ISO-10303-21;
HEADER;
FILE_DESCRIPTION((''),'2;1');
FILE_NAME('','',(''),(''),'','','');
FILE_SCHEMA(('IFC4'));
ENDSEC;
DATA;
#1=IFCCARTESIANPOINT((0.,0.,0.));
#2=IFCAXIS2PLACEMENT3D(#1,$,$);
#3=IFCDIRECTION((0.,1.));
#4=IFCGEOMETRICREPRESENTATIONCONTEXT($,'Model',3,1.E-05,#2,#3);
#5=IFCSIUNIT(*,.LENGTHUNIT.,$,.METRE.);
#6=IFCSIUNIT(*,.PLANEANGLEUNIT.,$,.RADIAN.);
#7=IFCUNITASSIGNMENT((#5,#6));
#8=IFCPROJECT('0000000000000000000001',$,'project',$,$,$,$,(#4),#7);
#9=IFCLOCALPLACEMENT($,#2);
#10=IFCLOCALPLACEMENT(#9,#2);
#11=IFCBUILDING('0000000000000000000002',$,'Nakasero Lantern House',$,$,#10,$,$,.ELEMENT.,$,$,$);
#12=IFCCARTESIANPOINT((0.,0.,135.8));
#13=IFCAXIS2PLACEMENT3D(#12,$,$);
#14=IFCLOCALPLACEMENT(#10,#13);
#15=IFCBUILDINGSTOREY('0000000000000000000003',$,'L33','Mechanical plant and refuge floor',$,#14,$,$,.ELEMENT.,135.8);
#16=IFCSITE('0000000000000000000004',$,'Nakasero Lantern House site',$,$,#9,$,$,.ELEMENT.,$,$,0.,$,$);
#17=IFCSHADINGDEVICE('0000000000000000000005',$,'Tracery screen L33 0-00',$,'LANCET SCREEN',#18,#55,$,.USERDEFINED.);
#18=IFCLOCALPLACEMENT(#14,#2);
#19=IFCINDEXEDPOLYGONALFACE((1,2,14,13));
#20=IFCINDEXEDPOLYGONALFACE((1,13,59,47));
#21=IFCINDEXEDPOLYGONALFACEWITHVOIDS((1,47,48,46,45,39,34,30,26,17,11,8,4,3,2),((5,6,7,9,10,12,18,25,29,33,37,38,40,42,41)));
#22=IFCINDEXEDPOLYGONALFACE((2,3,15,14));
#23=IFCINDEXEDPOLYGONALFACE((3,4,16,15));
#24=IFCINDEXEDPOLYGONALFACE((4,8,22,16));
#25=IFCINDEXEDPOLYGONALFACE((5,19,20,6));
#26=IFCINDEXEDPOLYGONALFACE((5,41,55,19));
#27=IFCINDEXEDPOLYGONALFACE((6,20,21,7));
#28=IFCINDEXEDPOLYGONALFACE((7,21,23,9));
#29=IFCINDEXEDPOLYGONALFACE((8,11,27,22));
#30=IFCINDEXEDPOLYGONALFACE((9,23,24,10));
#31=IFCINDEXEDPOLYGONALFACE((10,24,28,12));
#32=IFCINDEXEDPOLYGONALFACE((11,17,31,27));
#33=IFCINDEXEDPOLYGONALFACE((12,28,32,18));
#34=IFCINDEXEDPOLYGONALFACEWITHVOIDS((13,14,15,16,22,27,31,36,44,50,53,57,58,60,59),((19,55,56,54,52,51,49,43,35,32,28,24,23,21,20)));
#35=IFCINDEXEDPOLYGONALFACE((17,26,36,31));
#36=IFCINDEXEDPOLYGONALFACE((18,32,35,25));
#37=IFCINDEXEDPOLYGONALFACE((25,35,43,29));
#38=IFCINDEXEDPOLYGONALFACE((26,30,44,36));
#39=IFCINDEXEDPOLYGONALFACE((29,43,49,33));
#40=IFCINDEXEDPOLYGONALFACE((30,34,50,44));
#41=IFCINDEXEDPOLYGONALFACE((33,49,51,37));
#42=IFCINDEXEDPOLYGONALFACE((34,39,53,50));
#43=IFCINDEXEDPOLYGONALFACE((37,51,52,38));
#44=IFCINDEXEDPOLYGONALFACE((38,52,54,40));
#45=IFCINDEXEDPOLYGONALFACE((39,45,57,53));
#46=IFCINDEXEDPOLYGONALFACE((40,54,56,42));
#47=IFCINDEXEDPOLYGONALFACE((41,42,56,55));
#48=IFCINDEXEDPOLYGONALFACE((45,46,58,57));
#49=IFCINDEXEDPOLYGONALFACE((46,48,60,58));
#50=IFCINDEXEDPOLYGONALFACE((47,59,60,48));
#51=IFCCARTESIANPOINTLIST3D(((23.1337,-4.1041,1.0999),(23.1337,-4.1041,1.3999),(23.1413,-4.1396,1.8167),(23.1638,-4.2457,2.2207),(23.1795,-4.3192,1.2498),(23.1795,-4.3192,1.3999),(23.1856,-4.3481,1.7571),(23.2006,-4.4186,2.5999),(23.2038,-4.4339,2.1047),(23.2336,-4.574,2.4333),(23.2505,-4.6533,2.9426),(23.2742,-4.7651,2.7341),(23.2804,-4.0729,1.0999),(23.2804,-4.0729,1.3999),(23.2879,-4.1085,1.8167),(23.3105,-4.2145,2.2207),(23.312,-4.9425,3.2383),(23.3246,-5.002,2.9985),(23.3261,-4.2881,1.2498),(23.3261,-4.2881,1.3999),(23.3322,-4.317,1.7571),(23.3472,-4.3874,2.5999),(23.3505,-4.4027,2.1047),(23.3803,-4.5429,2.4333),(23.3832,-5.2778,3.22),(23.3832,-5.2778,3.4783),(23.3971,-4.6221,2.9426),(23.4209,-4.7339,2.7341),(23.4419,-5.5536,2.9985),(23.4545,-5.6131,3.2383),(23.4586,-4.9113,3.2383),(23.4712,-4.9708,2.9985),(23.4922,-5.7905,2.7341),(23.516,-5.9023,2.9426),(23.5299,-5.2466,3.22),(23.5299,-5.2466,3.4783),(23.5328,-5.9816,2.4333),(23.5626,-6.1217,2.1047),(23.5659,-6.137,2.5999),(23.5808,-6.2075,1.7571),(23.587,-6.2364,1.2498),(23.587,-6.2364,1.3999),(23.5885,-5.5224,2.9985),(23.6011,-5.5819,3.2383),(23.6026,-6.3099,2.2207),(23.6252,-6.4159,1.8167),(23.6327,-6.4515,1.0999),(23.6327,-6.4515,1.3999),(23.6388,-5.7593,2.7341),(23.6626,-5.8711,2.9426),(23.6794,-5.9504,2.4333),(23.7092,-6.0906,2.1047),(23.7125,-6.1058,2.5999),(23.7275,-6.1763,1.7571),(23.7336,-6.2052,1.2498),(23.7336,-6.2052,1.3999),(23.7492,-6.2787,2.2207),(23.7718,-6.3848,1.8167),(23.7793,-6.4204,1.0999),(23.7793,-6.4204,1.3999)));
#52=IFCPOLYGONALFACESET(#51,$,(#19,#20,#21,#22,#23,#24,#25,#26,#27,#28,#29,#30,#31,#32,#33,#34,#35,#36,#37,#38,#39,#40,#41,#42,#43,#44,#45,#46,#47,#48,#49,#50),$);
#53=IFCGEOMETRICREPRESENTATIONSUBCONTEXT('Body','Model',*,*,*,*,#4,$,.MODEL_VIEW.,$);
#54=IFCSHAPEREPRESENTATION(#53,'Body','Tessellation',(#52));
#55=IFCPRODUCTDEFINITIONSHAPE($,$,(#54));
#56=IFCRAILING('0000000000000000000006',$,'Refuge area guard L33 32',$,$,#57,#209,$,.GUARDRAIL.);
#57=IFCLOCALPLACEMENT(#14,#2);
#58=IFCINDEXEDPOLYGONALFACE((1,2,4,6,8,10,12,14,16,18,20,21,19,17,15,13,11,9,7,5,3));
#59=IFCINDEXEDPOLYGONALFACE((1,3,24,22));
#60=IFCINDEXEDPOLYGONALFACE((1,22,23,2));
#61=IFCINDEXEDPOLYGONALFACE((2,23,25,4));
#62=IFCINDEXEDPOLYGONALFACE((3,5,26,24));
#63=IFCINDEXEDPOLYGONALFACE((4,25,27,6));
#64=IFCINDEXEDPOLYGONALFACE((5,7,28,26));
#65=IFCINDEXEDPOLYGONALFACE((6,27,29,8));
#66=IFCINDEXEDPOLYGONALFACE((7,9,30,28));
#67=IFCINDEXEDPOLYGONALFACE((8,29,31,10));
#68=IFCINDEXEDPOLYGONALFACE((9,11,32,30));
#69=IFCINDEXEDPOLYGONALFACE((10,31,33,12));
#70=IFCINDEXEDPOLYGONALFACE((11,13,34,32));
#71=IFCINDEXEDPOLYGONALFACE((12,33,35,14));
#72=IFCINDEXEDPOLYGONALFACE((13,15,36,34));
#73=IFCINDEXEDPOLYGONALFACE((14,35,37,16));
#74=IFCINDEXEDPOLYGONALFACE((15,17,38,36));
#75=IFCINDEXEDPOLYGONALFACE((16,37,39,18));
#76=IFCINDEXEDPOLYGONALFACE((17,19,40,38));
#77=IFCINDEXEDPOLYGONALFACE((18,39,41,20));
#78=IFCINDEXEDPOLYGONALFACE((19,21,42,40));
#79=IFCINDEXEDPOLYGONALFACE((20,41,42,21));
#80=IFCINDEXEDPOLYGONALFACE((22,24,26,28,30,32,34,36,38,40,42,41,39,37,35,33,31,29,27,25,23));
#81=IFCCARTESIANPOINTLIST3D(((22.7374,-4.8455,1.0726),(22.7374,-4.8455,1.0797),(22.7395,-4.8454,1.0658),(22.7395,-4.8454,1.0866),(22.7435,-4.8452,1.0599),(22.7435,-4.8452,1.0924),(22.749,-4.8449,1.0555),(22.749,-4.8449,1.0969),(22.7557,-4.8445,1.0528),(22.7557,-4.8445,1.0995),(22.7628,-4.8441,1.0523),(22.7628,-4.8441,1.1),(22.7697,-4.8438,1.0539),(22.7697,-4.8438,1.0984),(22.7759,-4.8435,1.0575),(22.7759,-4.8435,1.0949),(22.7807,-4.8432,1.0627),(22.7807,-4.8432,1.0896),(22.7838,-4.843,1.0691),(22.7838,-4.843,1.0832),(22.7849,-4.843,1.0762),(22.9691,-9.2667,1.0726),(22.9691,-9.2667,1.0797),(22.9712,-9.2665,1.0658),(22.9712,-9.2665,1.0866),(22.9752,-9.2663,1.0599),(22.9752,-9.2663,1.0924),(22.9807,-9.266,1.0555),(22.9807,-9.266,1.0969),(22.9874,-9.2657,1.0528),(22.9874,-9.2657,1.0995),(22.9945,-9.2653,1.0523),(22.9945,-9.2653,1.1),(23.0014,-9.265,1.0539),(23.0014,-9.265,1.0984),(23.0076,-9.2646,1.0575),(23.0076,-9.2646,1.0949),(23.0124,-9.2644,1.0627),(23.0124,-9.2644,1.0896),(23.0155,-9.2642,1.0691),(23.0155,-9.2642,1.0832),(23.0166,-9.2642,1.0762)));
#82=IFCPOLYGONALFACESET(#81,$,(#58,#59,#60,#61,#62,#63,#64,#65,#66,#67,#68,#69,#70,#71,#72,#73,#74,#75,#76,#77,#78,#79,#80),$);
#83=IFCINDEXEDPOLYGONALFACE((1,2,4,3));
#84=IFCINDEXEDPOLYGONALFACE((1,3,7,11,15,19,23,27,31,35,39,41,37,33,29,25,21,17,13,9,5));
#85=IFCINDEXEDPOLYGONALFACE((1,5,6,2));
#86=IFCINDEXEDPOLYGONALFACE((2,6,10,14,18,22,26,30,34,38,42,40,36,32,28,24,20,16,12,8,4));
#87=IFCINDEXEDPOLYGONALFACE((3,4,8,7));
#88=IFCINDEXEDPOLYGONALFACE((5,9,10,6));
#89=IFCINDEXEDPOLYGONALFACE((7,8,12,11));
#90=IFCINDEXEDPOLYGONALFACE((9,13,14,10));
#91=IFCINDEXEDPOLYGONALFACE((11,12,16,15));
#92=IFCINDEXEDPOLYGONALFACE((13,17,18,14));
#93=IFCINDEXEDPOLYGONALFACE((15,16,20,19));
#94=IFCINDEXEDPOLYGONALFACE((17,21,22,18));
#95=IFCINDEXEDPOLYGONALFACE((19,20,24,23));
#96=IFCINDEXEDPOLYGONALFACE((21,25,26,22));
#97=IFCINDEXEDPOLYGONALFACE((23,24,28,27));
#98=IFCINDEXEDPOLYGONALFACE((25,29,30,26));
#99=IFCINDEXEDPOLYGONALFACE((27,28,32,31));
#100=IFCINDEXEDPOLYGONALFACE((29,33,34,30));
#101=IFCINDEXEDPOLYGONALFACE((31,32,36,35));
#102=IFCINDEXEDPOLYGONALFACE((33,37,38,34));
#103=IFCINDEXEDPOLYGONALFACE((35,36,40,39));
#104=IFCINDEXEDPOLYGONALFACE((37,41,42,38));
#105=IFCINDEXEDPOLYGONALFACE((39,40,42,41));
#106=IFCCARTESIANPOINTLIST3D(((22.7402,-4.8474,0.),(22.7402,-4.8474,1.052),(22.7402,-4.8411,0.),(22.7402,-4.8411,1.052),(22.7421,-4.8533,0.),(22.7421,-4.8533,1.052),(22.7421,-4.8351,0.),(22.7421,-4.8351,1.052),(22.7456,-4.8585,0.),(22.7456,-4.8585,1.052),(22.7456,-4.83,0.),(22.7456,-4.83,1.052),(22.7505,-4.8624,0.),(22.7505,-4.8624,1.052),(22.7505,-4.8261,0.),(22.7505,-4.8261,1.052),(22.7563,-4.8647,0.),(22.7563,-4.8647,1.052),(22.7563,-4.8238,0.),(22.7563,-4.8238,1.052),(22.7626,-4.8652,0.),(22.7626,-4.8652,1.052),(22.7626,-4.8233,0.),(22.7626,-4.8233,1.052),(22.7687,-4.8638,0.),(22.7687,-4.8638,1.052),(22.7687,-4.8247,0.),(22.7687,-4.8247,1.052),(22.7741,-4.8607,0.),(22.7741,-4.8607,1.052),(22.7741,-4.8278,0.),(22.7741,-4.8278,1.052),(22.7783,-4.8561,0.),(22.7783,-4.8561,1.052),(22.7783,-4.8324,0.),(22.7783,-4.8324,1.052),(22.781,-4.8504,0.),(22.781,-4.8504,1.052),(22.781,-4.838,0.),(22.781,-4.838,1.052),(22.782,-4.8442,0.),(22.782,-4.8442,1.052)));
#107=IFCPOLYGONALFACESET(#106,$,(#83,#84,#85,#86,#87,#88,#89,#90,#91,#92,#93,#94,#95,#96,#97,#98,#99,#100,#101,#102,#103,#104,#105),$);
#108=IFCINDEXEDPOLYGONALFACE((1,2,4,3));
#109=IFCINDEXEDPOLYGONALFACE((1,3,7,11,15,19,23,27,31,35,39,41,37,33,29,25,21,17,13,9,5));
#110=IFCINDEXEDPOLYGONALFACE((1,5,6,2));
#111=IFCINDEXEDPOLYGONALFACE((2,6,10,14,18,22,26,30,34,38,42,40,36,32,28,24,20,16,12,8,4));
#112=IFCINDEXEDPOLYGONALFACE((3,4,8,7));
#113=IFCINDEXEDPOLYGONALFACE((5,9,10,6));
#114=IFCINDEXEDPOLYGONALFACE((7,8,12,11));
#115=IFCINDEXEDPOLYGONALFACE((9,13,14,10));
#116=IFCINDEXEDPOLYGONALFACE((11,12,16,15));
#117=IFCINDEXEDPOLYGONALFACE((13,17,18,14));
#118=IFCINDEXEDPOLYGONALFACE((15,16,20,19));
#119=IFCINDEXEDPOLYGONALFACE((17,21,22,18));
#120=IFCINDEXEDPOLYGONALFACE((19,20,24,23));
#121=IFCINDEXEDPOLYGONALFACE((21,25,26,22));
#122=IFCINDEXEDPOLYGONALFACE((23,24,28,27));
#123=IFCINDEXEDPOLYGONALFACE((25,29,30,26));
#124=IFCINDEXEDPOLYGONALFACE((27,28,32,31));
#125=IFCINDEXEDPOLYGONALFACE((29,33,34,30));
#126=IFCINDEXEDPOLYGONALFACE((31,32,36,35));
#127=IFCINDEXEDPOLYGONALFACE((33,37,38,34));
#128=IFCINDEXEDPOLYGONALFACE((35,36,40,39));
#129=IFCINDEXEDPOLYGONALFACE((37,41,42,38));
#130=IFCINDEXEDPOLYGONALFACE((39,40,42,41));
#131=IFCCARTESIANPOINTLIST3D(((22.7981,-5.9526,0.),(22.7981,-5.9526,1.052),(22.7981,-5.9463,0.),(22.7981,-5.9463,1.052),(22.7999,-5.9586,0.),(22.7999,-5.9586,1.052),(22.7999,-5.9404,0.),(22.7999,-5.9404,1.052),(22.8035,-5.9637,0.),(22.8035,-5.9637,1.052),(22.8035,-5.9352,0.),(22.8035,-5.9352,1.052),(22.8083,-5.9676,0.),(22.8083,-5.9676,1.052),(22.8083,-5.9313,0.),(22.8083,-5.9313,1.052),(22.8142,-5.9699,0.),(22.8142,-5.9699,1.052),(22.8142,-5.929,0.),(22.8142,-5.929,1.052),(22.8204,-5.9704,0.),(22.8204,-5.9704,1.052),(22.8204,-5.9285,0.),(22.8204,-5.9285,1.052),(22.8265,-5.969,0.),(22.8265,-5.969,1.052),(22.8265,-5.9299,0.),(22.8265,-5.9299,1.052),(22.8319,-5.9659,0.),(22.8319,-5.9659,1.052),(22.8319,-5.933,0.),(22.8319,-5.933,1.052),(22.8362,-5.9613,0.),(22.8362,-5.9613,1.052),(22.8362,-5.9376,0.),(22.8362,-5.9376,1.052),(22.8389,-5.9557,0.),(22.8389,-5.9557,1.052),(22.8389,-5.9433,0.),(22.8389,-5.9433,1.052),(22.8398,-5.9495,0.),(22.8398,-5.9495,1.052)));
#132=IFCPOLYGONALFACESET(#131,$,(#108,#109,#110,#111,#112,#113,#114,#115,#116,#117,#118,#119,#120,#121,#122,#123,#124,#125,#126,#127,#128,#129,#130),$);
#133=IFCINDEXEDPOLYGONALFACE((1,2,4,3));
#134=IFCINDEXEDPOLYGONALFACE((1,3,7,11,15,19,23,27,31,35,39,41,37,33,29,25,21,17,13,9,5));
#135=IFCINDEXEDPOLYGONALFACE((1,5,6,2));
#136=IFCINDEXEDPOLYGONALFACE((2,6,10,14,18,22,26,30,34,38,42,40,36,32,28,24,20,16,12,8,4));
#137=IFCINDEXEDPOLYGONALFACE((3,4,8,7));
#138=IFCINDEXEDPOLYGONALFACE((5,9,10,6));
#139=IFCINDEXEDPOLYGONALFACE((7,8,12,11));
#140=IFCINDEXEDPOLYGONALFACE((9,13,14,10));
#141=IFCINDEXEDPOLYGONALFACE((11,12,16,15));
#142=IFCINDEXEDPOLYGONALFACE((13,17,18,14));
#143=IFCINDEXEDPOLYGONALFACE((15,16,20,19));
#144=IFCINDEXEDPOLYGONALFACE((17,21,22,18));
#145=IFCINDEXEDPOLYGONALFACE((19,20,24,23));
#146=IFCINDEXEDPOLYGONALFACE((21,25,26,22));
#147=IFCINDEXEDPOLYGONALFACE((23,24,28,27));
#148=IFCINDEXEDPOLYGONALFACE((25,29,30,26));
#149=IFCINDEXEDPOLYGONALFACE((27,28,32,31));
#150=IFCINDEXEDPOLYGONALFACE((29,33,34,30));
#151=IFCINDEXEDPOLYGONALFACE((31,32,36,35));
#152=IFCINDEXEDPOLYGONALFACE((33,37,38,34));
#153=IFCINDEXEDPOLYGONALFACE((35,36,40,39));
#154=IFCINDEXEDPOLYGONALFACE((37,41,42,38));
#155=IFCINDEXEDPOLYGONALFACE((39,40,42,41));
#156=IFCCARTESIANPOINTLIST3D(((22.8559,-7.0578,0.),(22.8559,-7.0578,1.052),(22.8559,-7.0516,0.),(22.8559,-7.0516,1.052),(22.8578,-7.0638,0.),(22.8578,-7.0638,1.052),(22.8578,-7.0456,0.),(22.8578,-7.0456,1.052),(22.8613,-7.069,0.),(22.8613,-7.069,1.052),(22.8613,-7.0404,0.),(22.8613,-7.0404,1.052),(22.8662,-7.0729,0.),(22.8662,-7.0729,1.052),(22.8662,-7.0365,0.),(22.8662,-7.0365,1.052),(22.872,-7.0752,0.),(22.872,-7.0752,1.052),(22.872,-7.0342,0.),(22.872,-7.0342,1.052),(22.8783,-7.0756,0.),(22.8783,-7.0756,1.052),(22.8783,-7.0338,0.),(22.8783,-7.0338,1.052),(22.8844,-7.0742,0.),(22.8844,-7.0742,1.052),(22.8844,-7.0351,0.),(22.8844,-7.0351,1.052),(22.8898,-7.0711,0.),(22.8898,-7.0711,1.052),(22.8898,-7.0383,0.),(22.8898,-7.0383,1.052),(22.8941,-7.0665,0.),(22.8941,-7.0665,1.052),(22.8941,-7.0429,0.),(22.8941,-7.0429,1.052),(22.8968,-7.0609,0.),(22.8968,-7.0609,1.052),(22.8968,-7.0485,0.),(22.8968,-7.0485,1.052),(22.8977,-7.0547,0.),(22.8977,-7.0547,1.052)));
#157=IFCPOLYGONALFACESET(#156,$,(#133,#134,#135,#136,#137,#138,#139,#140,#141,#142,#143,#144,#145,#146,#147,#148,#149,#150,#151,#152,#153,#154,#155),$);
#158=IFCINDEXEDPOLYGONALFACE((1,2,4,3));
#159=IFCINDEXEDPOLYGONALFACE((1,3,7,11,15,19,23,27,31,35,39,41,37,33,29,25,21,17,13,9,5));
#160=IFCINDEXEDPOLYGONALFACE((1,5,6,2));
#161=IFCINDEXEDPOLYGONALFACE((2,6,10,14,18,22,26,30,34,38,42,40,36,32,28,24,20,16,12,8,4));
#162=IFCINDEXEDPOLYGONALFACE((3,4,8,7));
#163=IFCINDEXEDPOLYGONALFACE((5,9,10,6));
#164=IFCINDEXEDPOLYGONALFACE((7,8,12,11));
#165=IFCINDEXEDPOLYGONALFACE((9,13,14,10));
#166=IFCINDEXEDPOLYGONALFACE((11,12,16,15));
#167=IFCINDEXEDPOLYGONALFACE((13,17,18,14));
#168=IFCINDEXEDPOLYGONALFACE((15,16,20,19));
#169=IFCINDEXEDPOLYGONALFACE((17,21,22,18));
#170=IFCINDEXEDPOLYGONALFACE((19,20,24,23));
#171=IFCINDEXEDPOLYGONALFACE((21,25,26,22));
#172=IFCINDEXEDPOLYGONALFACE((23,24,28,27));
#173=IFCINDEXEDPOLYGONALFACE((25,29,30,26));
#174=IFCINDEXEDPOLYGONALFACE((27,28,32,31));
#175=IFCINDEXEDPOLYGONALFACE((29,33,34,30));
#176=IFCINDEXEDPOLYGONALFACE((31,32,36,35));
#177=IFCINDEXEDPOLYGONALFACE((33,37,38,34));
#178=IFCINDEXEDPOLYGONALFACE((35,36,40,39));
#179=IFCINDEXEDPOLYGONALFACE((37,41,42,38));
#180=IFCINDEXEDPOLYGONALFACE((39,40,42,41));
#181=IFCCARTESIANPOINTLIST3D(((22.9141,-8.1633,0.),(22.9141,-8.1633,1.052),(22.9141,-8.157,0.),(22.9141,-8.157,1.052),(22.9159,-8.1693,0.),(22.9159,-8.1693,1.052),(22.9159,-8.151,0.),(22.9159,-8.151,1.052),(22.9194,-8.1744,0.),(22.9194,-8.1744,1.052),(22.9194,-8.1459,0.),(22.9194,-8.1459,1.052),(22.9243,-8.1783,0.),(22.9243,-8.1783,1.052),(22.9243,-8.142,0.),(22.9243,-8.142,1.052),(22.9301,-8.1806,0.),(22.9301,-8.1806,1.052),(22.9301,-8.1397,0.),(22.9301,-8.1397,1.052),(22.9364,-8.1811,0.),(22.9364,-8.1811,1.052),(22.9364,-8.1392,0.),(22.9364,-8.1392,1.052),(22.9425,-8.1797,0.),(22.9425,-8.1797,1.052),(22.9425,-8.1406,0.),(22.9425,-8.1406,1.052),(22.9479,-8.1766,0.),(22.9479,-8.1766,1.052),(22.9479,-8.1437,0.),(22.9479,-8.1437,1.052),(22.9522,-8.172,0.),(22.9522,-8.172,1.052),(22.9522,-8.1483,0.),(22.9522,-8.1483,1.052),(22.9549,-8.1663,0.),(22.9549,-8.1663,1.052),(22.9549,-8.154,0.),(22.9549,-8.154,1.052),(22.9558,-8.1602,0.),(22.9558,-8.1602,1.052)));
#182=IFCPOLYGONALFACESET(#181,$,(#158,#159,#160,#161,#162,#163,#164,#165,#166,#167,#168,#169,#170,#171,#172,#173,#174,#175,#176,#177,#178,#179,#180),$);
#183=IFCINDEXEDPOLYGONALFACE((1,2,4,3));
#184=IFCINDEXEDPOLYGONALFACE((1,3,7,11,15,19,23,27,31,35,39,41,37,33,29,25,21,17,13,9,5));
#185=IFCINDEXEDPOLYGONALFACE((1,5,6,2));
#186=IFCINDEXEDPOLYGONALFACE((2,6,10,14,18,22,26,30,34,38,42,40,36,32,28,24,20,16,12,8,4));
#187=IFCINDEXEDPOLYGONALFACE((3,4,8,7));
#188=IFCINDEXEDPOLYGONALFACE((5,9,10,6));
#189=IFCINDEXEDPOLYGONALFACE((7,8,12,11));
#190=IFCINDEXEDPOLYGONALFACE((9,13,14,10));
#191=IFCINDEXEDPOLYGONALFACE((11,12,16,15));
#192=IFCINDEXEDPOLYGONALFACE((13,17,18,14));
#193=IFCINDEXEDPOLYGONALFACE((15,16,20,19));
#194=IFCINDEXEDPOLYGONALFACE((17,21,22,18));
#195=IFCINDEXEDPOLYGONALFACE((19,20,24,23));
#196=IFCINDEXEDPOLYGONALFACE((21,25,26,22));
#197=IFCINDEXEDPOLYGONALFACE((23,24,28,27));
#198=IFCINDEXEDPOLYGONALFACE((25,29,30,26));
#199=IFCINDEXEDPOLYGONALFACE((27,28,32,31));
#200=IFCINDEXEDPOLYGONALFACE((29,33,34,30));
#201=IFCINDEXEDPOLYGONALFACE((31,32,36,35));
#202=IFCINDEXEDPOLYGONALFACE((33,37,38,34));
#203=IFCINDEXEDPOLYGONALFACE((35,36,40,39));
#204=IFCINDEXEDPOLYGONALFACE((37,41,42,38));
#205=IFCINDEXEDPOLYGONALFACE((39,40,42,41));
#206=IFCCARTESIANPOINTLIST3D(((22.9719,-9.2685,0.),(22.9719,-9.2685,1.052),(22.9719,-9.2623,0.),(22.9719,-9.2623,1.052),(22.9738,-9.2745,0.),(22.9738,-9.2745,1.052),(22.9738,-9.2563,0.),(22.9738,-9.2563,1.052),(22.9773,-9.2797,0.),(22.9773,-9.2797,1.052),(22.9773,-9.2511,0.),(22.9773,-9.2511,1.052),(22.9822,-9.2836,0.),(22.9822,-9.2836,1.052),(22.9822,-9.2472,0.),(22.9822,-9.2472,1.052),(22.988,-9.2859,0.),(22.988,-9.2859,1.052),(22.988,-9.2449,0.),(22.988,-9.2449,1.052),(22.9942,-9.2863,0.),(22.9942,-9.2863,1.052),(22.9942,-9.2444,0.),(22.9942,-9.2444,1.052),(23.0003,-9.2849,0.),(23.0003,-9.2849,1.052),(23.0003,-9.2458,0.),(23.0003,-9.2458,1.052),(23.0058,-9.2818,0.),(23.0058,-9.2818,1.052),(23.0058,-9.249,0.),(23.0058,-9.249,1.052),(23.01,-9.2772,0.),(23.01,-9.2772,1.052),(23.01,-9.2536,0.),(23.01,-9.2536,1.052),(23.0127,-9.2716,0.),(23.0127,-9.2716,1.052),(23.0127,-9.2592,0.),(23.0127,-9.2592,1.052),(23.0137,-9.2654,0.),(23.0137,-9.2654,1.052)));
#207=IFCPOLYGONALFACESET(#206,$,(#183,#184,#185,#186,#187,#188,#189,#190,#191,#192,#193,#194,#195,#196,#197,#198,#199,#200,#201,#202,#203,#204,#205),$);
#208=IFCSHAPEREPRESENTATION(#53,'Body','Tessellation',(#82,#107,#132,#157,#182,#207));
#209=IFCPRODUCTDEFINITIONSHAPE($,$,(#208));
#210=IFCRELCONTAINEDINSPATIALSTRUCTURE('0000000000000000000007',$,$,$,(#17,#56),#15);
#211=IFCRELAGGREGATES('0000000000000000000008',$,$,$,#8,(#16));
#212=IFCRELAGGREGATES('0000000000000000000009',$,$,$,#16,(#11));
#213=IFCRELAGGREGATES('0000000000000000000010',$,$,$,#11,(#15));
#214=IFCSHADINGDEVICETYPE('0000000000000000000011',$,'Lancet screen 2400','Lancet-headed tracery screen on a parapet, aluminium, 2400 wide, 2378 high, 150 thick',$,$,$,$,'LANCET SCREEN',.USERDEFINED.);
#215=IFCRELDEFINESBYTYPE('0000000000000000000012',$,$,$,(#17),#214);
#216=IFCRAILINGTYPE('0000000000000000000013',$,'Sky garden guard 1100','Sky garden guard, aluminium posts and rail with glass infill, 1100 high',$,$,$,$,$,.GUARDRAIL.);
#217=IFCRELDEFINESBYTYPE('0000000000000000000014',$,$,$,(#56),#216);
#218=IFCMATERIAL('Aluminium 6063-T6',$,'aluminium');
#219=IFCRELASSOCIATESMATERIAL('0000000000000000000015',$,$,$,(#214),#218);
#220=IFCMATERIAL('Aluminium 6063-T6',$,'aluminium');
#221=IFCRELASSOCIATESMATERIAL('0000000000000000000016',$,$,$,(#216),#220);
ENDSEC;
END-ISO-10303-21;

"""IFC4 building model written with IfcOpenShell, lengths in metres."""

from ifc_helpers import new_model, si_unit, direction, frame, origin, origin_2d, place, context, subcontext, project, spatial, polyline, circle, outline, extrude, material, type_object, element, save


model = new_model("IFC4")

# Units and contexts
model_context = context("Model", 3, precision=1e-05, world=origin(), true_north=direction((0.0, 1.0)))
body_context = subcontext(model_context, "Body", "Model", "MODEL_VIEW")
ifc_project = project(units=[si_unit("LENGTHUNIT", "METRE"), si_unit("PLANEANGLEUNIT", "RADIAN")], contexts=[model_context])

# Site, building, storey
site_placement = place(None, origin())
site = spatial("IfcSite", under=ifc_project, at=site_placement, Name="Nakasero Lantern House site", CompositionType="ELEMENT", RefElevation=0.0)
building_placement = place(site_placement, origin())
building = spatial("IfcBuilding", under=site, at=building_placement, Name="Nakasero Lantern House", CompositionType="ELEMENT")
storey_placement = place(building_placement, frame((0.0, 0.0, 135.8)))
storey = spatial("IfcBuildingStorey", under=building, at=storey_placement, Name="L33", Description="Mechanical plant and refuge floor", CompositionType="ELEMENT", Elevation=135.8)

# Shading device
ifc_material_1 = material(Name="Aluminium 6063-T6", Category="aluminium")
shading_device_type = type_object("IfcShadingDeviceType", Name="Lancet screen 2400", Description="Lancet-headed tracery screen on a parapet, aluminium, 2400 wide, 2378 high, 150 thick", ElementType="LANCET SCREEN", PredefinedType="USERDEFINED", material=ifc_material_1)
shading_device_placement = place(storey_placement, frame((23.4565, -5.2622, 1.0999), z_axis=(0.0, 0.0, 1.0), x_axis=(-0.207912, 0.978148, 0.0)))
element("IfcShadingDevice", 1, at=shading_device_placement, inside=storey, type_object=shading_device_type, Name="Tracery screen L33 0-00", ObjectType="LANCET SCREEN", PredefinedType="USERDEFINED", context=body_context, shape_type="SweptSolid", body=[
    extrude(outline(polyline([(-1.2, 0.0), (1.2, 0.0), (1.2, 0.3), (1.1636, 0.7168), (1.0552, 1.1208), (0.8784, 1.5), (0.6384, 1.8428), (0.3428, 2.1384), (0.0, 2.3784), (-0.3428, 2.1384), (-0.6384, 1.8428), (-0.8784, 1.5), (-1.0552, 1.1208), (-1.1636, 0.7168), (-1.2, 0.3), (-1.2, 0.0)]), holes=[polyline([(-0.98, 0.1499), (0.98, 0.1499), (0.98, 0.3), (0.9504, 0.6572), (0.8628, 1.0049), (0.7195, 1.3335), (0.5242, 1.6343), (0.282, 1.8987), (0.0, 2.1201), (-0.282, 1.8987), (-0.5242, 1.6343), (-0.7195, 1.3335), (-0.8628, 1.0049), (-0.9504, 0.6572), (-0.98, 0.3), (-0.98, 0.1499)])]), frame((0.0, 0.075, 0.0), z_axis=(0.0, -1.0, 0.0), x_axis=(1.0, 0.0, 0.0)), (0.0, 0.0, 1.0), 0.1499),
])

# Railing
ifc_material_2 = material(Name="Aluminium 6063-T6", Category="aluminium")
railing_type = type_object("IfcRailingType", Name="Sky garden guard 1100", Description="Sky garden guard, aluminium posts and rail with glass infill, 1100 high", PredefinedType="GUARDRAIL", material=ifc_material_2)
railing_1_placement = place(storey_placement, frame((22.761, -4.8442, 0.0)))
element("IfcRailing", 2, at=railing_1_placement, inside=storey, type_object=railing_type, Name="Refuge area guard L33 32", PredefinedType="GUARDRAIL", context=body_context, shape_type="SweptSolid", body=[
    extrude(circle(Radius=0.0239, at=origin_2d()), frame((0.0, 0.0, 1.0762), z_axis=(0.052333, -0.99863, 0.0), x_axis=(0.99863, 0.052333, 0.0)), (0.0, 0.0, 1.0), 4.4272),
    extrude(circle(Radius=0.021, at=origin_2d()), origin(), (0.0, 0.0, 1.0), 1.052),
    extrude(circle(Radius=0.021, at=origin_2d()), frame((0.0579, -1.1052, 0.0)), (0.0, 0.0, 1.0), 1.052),
    extrude(circle(Radius=0.021, at=origin_2d()), frame((0.1157, -2.2104, 0.0)), (0.0, 0.0, 1.0), 1.052),
    extrude(circle(Radius=0.021, at=origin_2d()), frame((0.1738, -3.3159, 0.0)), (0.0, 0.0, 1.0), 1.052),
    extrude(circle(Radius=0.021, at=origin_2d()), frame((0.2317, -4.4211, 0.0)), (0.0, 0.0, 1.0), 1.052),
])

save(model, "model.ifc")
